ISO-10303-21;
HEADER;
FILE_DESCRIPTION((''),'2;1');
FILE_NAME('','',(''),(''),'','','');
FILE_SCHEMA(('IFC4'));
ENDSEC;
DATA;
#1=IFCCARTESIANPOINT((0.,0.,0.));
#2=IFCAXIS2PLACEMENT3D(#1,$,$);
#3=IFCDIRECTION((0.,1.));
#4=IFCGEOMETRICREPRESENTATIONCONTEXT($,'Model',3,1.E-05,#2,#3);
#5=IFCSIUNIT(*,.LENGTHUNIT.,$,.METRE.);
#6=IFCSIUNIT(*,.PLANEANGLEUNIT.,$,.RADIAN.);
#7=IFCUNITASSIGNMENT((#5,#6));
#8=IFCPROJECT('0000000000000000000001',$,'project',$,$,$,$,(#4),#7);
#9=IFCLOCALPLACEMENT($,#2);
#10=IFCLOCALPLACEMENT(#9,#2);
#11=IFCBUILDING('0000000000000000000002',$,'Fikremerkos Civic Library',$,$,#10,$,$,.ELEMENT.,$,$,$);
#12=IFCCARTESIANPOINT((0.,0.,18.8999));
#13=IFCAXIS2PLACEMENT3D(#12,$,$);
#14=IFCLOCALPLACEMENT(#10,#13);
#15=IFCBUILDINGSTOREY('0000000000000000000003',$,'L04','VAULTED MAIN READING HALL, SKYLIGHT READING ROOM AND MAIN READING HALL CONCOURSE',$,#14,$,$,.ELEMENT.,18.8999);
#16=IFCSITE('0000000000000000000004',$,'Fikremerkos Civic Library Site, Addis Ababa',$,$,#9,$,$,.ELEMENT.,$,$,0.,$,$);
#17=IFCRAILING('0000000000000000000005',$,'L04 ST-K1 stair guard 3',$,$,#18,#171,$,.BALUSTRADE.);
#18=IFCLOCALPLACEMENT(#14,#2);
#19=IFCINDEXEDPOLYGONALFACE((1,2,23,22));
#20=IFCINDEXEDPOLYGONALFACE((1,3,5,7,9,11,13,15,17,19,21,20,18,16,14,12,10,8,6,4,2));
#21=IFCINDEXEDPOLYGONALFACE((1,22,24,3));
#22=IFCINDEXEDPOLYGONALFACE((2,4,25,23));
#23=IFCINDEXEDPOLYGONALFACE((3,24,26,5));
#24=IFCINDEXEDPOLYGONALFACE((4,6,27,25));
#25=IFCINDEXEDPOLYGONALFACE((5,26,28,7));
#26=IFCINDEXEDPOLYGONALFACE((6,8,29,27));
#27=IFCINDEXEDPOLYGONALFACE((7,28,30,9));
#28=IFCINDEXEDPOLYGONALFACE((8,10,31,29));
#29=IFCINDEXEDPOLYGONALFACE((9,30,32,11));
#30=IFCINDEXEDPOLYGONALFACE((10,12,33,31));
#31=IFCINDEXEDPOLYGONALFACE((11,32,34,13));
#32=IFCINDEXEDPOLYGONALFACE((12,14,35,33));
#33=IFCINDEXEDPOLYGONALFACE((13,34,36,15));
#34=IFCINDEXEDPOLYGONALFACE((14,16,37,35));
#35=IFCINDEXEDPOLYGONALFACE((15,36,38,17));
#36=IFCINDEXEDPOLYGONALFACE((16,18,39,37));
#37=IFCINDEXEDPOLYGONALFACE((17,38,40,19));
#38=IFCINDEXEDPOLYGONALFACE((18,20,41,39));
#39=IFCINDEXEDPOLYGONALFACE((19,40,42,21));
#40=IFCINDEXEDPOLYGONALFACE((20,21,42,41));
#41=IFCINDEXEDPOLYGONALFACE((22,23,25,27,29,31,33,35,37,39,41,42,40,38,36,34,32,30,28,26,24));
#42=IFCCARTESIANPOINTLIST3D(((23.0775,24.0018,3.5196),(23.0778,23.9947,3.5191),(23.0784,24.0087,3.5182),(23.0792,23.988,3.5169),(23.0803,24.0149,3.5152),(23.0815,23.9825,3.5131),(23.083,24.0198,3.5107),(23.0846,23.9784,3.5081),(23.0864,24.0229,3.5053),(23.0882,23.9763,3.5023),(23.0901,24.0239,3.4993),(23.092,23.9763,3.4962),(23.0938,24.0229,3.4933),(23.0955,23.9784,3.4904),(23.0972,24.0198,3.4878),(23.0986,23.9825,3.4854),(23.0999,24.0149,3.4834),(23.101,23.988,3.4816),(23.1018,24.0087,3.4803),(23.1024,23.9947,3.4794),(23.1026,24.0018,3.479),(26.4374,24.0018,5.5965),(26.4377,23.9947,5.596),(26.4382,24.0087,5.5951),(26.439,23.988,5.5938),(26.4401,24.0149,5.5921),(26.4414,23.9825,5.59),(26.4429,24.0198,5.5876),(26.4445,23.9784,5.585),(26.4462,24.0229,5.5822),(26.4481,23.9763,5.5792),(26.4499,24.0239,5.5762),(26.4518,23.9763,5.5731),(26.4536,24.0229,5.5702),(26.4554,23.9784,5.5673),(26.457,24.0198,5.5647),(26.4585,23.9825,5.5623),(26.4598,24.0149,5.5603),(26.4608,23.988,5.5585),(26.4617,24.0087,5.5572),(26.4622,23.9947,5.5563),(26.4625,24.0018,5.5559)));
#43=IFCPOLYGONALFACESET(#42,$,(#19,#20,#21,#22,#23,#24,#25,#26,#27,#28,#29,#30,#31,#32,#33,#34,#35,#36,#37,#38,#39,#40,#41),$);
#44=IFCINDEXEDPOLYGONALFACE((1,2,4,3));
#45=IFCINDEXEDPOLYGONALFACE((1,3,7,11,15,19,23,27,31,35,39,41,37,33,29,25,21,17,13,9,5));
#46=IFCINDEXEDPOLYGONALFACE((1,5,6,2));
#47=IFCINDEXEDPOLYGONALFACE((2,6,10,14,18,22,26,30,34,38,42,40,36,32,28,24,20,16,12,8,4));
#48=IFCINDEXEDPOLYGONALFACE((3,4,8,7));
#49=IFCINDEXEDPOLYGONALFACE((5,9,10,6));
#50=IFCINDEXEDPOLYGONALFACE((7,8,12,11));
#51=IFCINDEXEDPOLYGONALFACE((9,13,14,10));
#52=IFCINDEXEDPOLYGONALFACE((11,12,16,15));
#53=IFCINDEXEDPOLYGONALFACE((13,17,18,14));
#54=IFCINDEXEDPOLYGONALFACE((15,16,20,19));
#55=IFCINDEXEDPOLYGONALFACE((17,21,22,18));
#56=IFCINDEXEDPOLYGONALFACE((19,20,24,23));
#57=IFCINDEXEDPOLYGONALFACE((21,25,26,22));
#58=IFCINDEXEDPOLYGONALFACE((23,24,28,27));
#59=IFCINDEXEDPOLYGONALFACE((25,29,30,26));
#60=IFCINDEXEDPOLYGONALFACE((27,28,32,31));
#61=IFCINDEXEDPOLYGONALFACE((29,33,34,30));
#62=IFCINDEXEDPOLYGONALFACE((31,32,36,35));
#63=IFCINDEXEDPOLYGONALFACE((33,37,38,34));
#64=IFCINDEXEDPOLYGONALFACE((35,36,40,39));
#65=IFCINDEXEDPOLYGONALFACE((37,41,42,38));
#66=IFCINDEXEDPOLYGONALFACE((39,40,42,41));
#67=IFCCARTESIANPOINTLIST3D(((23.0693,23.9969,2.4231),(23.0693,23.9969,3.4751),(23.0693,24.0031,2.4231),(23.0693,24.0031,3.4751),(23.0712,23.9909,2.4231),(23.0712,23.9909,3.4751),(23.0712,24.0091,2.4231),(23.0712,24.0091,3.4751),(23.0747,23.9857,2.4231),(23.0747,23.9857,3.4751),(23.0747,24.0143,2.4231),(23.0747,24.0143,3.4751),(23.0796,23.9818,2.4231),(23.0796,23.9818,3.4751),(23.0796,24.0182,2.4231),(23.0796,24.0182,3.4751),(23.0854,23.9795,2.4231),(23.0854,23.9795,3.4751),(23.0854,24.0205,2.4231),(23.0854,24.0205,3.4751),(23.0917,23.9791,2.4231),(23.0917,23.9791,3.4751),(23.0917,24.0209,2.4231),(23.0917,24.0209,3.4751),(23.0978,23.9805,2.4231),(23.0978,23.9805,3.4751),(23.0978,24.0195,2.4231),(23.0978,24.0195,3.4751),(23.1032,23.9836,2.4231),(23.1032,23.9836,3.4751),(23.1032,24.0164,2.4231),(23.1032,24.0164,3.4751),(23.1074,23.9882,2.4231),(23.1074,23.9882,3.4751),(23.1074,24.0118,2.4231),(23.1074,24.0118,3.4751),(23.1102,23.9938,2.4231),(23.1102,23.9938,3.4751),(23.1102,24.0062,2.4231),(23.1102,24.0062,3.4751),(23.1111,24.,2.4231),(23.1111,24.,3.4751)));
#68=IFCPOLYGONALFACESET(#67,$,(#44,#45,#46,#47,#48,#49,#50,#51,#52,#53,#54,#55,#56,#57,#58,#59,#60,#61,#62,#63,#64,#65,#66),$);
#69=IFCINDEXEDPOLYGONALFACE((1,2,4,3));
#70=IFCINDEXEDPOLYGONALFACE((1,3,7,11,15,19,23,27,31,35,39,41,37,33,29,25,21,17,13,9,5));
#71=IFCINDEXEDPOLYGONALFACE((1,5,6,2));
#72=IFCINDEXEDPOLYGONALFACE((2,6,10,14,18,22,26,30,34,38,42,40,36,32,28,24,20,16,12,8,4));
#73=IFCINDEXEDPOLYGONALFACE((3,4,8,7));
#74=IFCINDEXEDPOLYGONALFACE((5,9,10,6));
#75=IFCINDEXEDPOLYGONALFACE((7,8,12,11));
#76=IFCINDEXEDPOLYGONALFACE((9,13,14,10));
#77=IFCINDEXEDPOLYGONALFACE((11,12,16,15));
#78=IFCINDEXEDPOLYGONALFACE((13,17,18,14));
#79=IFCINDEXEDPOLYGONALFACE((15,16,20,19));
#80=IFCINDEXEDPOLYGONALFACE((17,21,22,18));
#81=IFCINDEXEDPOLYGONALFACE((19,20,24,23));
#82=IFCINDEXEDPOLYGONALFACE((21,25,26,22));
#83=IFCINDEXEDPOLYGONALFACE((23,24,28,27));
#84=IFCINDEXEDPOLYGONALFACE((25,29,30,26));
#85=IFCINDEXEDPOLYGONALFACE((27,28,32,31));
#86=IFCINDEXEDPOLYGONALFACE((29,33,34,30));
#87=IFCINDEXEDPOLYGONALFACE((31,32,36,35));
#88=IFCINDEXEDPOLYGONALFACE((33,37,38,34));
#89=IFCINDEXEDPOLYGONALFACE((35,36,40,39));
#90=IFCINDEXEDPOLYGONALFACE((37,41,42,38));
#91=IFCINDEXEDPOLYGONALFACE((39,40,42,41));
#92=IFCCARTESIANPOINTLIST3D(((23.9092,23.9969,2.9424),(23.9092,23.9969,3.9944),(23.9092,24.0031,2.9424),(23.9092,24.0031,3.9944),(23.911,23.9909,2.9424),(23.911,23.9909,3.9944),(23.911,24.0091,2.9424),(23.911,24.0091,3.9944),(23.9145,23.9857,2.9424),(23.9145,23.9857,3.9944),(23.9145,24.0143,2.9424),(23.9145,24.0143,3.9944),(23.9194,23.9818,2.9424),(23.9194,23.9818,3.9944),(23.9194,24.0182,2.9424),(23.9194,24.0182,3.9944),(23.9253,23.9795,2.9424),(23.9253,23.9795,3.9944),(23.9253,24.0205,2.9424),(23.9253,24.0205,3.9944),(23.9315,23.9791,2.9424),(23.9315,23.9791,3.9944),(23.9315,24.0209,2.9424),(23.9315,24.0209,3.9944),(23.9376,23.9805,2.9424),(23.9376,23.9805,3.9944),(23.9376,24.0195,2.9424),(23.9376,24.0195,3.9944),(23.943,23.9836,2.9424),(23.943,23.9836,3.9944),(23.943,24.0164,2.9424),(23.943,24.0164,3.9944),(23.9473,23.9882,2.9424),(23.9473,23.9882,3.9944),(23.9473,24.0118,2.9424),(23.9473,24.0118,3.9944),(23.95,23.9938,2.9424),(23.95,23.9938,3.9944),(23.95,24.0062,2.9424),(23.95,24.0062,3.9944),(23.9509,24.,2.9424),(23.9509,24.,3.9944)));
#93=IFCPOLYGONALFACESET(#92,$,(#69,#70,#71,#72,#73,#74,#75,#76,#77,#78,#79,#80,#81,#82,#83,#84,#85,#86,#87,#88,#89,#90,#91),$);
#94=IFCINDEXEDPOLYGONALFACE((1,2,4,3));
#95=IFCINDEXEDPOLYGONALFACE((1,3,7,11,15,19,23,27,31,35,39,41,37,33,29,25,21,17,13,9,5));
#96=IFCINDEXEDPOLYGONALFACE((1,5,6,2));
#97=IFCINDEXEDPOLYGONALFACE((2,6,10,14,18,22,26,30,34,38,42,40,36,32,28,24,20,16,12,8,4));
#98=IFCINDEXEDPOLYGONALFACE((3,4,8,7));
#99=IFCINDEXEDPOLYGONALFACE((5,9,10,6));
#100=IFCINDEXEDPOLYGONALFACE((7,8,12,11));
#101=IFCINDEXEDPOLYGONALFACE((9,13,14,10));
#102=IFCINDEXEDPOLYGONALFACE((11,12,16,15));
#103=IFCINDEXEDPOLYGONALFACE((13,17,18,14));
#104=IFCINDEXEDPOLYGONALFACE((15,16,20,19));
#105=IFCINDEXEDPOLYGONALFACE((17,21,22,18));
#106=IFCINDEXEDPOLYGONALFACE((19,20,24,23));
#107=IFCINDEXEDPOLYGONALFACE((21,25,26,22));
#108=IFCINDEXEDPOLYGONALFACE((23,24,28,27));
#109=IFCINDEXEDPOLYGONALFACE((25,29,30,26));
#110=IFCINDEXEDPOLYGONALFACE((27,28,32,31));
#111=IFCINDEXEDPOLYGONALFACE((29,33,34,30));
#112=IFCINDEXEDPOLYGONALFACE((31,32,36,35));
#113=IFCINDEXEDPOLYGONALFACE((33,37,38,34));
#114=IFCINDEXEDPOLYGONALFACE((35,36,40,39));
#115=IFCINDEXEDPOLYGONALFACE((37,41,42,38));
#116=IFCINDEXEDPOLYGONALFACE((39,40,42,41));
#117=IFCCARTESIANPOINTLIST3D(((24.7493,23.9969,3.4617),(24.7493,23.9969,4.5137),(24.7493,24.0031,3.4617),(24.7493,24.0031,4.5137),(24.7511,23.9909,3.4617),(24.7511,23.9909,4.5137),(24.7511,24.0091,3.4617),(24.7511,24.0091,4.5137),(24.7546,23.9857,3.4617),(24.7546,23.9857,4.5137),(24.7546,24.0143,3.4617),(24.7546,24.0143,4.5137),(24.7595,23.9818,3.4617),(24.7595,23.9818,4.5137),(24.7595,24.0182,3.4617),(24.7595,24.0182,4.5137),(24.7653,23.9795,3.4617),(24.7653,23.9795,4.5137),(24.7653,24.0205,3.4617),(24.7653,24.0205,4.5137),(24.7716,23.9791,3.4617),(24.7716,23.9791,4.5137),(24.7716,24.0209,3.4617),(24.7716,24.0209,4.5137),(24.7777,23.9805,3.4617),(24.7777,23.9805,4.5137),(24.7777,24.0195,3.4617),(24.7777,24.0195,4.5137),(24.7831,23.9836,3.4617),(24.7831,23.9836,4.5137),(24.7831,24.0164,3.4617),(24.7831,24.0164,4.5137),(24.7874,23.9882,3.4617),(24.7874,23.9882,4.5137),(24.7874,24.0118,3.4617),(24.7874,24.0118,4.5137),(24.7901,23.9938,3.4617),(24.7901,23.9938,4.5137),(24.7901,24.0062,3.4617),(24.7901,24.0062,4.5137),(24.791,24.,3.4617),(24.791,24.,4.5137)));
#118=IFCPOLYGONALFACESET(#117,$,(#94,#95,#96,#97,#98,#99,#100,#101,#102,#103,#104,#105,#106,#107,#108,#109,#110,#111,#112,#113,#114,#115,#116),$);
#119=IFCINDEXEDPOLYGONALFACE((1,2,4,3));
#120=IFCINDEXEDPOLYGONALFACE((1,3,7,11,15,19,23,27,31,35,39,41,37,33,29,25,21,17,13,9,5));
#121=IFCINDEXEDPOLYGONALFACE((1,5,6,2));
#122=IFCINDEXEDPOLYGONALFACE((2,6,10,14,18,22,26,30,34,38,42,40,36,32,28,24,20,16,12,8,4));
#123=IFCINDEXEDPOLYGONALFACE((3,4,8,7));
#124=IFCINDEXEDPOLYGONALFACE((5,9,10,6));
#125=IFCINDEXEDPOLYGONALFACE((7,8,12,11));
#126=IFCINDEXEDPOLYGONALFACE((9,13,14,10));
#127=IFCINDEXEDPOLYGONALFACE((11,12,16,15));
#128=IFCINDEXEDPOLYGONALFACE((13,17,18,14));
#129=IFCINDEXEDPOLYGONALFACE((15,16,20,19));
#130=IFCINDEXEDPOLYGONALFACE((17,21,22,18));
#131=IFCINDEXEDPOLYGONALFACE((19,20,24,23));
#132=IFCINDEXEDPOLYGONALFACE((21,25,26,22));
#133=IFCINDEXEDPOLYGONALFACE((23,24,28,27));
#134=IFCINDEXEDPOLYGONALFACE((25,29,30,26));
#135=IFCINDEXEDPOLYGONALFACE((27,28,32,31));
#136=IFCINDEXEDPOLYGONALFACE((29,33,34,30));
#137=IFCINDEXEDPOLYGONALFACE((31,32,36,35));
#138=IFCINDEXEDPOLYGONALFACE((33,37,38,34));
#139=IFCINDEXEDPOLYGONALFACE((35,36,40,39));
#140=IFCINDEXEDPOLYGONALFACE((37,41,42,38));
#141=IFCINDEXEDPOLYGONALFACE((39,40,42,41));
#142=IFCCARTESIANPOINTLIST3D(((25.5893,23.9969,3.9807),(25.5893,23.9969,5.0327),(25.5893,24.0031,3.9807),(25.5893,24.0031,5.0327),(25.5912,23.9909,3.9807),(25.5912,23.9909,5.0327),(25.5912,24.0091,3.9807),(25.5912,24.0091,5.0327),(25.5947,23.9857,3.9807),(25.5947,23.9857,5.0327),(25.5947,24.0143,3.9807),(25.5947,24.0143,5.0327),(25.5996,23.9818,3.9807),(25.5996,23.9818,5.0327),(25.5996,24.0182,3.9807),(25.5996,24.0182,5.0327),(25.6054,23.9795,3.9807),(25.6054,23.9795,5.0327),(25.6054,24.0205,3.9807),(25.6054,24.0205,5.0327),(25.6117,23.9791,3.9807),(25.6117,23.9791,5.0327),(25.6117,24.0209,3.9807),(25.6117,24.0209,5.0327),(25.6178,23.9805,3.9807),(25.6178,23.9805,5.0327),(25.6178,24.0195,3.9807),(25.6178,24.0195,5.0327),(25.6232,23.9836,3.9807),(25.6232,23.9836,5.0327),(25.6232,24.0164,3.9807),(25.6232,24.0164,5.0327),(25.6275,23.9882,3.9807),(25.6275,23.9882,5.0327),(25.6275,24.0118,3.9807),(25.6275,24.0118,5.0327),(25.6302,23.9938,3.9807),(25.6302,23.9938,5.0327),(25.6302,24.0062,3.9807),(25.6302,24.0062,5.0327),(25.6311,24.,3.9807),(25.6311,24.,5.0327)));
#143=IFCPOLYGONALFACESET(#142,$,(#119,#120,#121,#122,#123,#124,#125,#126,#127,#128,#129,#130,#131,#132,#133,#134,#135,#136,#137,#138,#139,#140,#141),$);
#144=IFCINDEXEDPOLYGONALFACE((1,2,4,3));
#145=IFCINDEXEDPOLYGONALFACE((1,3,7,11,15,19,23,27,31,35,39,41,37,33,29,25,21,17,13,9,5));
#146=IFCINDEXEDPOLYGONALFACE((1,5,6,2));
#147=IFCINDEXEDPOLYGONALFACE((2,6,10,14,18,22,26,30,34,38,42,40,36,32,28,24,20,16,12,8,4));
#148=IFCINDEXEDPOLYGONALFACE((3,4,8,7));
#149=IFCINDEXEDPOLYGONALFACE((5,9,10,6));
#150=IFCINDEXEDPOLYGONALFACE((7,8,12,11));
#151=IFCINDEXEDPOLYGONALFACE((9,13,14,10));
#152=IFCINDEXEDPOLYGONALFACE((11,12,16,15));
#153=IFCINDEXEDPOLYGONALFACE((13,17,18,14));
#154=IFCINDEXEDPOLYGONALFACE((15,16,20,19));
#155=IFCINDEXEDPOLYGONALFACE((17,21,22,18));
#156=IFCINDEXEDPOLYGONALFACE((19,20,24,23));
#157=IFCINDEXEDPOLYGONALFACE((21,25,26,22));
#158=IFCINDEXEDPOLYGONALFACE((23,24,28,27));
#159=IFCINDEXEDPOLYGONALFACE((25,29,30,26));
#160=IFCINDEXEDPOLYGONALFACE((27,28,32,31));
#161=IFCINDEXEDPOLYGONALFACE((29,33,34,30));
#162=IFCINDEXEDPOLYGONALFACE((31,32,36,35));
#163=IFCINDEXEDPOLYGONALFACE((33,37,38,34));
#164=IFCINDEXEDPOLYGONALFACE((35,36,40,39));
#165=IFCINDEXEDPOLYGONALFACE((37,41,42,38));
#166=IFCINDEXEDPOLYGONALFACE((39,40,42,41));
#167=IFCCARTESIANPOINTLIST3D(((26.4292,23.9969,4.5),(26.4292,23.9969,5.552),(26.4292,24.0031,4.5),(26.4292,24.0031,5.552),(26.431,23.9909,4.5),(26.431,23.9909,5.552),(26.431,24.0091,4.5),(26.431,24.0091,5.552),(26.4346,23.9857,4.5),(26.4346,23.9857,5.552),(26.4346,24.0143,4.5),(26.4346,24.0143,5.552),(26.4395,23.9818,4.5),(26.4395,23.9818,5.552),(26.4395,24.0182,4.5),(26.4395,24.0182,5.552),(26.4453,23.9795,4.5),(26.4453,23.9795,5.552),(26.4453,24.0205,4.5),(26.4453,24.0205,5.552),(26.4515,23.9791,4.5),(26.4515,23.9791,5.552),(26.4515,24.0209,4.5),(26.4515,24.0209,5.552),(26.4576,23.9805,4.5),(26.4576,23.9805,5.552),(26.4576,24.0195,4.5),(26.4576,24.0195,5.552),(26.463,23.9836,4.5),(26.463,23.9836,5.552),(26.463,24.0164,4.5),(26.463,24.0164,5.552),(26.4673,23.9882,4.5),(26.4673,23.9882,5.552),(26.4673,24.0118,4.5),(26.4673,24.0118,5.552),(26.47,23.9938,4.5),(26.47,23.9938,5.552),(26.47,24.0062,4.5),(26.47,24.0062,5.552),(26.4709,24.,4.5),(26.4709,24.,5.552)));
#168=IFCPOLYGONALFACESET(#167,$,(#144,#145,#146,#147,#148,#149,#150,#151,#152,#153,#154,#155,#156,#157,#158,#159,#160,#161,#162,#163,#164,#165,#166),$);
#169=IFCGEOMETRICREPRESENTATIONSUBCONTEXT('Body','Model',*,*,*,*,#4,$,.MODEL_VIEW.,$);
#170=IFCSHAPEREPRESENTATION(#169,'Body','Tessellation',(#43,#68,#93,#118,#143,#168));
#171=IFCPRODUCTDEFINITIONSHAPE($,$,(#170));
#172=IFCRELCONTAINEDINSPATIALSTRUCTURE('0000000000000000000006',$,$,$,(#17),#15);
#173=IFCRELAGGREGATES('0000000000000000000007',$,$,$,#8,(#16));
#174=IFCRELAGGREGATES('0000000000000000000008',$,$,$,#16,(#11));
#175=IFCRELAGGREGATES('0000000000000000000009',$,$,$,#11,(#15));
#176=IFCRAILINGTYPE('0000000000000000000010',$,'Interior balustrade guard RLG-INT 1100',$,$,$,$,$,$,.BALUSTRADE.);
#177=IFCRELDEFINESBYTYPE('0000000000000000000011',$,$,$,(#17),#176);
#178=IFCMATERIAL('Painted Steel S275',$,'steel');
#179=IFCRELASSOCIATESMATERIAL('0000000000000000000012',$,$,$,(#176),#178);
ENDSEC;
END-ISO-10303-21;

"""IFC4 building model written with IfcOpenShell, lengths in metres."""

from ifc_helpers import new_model, si_unit, direction, frame, origin, origin_2d, place, context, subcontext, project, spatial, circle, extrude, material, type_object, element, save


model = new_model("IFC4")

# Units and contexts
model_context = context("Model", 3, precision=1e-05, world=origin(), true_north=direction((0.0, 1.0)))
body_context = subcontext(model_context, "Body", "Model", "MODEL_VIEW")
ifc_project = project(units=[si_unit("LENGTHUNIT", "METRE"), si_unit("PLANEANGLEUNIT", "RADIAN")], contexts=[model_context])

# Site, building, storey
site_placement = place(None, origin())
site = spatial("IfcSite", under=ifc_project, at=site_placement, Name="Fikremerkos Civic Library Site, Addis Ababa", CompositionType="ELEMENT", RefElevation=0.0)
building_placement = place(site_placement, origin())
building = spatial("IfcBuilding", under=site, at=building_placement, Name="Fikremerkos Civic Library", CompositionType="ELEMENT")
storey_placement = place(building_placement, frame((0.0, 0.0, 18.8999)))
storey = spatial("IfcBuildingStorey", under=building, at=storey_placement, Name="L04", Description="VAULTED MAIN READING HALL, SKYLIGHT READING ROOM AND MAIN READING HALL CONCOURSE", CompositionType="ELEMENT", Elevation=18.8999)

# Railing
ifc_material_1 = material(Name="Painted Steel S275", Category="steel")
railing_type_1 = type_object("IfcRailingType", Name="Interior balustrade guard RLG-INT 1100", PredefinedType="BALUSTRADE", material=ifc_material_1)
railing_1_placement = place(storey_placement, frame((23.0901, 24.0, 2.4231)))
element("IfcRailing", 1, at=railing_1_placement, inside=storey, type_object=railing_type_1, Name="L04 ST-K1 stair guard 3", PredefinedType="BALUSTRADE", context=body_context, shape_type="SweptSolid", body=[
    extrude(circle(Radius=0.0239, at=origin_2d()), frame((0.0, 0.0, 1.0762), z_axis=(0.850606, 0.0, 0.525803), x_axis=(0.0, 1.0, 0.0)), (0.0, 0.0, 1.0), 3.95),
    extrude(circle(Radius=0.021, at=origin_2d()), origin(), (0.0, 0.0, 1.0), 1.052),
    extrude(circle(Radius=0.021, at=origin_2d()), frame((0.8398, 0.0, 0.5193)), (0.0, 0.0, 1.0), 1.052),
    extrude(circle(Radius=0.021, at=origin_2d()), frame((1.6799, 0.0, 1.0386)), (0.0, 0.0, 1.0), 1.052),
    extrude(circle(Radius=0.021, at=origin_2d()), frame((2.52, 0.0, 1.5576)), (0.0, 0.0, 1.0), 1.052),
    extrude(circle(Radius=0.021, at=origin_2d()), frame((3.3599, 0.0, 2.0769)), (0.0, 0.0, 1.0), 1.052),
])

save(model, "model.ifc")
